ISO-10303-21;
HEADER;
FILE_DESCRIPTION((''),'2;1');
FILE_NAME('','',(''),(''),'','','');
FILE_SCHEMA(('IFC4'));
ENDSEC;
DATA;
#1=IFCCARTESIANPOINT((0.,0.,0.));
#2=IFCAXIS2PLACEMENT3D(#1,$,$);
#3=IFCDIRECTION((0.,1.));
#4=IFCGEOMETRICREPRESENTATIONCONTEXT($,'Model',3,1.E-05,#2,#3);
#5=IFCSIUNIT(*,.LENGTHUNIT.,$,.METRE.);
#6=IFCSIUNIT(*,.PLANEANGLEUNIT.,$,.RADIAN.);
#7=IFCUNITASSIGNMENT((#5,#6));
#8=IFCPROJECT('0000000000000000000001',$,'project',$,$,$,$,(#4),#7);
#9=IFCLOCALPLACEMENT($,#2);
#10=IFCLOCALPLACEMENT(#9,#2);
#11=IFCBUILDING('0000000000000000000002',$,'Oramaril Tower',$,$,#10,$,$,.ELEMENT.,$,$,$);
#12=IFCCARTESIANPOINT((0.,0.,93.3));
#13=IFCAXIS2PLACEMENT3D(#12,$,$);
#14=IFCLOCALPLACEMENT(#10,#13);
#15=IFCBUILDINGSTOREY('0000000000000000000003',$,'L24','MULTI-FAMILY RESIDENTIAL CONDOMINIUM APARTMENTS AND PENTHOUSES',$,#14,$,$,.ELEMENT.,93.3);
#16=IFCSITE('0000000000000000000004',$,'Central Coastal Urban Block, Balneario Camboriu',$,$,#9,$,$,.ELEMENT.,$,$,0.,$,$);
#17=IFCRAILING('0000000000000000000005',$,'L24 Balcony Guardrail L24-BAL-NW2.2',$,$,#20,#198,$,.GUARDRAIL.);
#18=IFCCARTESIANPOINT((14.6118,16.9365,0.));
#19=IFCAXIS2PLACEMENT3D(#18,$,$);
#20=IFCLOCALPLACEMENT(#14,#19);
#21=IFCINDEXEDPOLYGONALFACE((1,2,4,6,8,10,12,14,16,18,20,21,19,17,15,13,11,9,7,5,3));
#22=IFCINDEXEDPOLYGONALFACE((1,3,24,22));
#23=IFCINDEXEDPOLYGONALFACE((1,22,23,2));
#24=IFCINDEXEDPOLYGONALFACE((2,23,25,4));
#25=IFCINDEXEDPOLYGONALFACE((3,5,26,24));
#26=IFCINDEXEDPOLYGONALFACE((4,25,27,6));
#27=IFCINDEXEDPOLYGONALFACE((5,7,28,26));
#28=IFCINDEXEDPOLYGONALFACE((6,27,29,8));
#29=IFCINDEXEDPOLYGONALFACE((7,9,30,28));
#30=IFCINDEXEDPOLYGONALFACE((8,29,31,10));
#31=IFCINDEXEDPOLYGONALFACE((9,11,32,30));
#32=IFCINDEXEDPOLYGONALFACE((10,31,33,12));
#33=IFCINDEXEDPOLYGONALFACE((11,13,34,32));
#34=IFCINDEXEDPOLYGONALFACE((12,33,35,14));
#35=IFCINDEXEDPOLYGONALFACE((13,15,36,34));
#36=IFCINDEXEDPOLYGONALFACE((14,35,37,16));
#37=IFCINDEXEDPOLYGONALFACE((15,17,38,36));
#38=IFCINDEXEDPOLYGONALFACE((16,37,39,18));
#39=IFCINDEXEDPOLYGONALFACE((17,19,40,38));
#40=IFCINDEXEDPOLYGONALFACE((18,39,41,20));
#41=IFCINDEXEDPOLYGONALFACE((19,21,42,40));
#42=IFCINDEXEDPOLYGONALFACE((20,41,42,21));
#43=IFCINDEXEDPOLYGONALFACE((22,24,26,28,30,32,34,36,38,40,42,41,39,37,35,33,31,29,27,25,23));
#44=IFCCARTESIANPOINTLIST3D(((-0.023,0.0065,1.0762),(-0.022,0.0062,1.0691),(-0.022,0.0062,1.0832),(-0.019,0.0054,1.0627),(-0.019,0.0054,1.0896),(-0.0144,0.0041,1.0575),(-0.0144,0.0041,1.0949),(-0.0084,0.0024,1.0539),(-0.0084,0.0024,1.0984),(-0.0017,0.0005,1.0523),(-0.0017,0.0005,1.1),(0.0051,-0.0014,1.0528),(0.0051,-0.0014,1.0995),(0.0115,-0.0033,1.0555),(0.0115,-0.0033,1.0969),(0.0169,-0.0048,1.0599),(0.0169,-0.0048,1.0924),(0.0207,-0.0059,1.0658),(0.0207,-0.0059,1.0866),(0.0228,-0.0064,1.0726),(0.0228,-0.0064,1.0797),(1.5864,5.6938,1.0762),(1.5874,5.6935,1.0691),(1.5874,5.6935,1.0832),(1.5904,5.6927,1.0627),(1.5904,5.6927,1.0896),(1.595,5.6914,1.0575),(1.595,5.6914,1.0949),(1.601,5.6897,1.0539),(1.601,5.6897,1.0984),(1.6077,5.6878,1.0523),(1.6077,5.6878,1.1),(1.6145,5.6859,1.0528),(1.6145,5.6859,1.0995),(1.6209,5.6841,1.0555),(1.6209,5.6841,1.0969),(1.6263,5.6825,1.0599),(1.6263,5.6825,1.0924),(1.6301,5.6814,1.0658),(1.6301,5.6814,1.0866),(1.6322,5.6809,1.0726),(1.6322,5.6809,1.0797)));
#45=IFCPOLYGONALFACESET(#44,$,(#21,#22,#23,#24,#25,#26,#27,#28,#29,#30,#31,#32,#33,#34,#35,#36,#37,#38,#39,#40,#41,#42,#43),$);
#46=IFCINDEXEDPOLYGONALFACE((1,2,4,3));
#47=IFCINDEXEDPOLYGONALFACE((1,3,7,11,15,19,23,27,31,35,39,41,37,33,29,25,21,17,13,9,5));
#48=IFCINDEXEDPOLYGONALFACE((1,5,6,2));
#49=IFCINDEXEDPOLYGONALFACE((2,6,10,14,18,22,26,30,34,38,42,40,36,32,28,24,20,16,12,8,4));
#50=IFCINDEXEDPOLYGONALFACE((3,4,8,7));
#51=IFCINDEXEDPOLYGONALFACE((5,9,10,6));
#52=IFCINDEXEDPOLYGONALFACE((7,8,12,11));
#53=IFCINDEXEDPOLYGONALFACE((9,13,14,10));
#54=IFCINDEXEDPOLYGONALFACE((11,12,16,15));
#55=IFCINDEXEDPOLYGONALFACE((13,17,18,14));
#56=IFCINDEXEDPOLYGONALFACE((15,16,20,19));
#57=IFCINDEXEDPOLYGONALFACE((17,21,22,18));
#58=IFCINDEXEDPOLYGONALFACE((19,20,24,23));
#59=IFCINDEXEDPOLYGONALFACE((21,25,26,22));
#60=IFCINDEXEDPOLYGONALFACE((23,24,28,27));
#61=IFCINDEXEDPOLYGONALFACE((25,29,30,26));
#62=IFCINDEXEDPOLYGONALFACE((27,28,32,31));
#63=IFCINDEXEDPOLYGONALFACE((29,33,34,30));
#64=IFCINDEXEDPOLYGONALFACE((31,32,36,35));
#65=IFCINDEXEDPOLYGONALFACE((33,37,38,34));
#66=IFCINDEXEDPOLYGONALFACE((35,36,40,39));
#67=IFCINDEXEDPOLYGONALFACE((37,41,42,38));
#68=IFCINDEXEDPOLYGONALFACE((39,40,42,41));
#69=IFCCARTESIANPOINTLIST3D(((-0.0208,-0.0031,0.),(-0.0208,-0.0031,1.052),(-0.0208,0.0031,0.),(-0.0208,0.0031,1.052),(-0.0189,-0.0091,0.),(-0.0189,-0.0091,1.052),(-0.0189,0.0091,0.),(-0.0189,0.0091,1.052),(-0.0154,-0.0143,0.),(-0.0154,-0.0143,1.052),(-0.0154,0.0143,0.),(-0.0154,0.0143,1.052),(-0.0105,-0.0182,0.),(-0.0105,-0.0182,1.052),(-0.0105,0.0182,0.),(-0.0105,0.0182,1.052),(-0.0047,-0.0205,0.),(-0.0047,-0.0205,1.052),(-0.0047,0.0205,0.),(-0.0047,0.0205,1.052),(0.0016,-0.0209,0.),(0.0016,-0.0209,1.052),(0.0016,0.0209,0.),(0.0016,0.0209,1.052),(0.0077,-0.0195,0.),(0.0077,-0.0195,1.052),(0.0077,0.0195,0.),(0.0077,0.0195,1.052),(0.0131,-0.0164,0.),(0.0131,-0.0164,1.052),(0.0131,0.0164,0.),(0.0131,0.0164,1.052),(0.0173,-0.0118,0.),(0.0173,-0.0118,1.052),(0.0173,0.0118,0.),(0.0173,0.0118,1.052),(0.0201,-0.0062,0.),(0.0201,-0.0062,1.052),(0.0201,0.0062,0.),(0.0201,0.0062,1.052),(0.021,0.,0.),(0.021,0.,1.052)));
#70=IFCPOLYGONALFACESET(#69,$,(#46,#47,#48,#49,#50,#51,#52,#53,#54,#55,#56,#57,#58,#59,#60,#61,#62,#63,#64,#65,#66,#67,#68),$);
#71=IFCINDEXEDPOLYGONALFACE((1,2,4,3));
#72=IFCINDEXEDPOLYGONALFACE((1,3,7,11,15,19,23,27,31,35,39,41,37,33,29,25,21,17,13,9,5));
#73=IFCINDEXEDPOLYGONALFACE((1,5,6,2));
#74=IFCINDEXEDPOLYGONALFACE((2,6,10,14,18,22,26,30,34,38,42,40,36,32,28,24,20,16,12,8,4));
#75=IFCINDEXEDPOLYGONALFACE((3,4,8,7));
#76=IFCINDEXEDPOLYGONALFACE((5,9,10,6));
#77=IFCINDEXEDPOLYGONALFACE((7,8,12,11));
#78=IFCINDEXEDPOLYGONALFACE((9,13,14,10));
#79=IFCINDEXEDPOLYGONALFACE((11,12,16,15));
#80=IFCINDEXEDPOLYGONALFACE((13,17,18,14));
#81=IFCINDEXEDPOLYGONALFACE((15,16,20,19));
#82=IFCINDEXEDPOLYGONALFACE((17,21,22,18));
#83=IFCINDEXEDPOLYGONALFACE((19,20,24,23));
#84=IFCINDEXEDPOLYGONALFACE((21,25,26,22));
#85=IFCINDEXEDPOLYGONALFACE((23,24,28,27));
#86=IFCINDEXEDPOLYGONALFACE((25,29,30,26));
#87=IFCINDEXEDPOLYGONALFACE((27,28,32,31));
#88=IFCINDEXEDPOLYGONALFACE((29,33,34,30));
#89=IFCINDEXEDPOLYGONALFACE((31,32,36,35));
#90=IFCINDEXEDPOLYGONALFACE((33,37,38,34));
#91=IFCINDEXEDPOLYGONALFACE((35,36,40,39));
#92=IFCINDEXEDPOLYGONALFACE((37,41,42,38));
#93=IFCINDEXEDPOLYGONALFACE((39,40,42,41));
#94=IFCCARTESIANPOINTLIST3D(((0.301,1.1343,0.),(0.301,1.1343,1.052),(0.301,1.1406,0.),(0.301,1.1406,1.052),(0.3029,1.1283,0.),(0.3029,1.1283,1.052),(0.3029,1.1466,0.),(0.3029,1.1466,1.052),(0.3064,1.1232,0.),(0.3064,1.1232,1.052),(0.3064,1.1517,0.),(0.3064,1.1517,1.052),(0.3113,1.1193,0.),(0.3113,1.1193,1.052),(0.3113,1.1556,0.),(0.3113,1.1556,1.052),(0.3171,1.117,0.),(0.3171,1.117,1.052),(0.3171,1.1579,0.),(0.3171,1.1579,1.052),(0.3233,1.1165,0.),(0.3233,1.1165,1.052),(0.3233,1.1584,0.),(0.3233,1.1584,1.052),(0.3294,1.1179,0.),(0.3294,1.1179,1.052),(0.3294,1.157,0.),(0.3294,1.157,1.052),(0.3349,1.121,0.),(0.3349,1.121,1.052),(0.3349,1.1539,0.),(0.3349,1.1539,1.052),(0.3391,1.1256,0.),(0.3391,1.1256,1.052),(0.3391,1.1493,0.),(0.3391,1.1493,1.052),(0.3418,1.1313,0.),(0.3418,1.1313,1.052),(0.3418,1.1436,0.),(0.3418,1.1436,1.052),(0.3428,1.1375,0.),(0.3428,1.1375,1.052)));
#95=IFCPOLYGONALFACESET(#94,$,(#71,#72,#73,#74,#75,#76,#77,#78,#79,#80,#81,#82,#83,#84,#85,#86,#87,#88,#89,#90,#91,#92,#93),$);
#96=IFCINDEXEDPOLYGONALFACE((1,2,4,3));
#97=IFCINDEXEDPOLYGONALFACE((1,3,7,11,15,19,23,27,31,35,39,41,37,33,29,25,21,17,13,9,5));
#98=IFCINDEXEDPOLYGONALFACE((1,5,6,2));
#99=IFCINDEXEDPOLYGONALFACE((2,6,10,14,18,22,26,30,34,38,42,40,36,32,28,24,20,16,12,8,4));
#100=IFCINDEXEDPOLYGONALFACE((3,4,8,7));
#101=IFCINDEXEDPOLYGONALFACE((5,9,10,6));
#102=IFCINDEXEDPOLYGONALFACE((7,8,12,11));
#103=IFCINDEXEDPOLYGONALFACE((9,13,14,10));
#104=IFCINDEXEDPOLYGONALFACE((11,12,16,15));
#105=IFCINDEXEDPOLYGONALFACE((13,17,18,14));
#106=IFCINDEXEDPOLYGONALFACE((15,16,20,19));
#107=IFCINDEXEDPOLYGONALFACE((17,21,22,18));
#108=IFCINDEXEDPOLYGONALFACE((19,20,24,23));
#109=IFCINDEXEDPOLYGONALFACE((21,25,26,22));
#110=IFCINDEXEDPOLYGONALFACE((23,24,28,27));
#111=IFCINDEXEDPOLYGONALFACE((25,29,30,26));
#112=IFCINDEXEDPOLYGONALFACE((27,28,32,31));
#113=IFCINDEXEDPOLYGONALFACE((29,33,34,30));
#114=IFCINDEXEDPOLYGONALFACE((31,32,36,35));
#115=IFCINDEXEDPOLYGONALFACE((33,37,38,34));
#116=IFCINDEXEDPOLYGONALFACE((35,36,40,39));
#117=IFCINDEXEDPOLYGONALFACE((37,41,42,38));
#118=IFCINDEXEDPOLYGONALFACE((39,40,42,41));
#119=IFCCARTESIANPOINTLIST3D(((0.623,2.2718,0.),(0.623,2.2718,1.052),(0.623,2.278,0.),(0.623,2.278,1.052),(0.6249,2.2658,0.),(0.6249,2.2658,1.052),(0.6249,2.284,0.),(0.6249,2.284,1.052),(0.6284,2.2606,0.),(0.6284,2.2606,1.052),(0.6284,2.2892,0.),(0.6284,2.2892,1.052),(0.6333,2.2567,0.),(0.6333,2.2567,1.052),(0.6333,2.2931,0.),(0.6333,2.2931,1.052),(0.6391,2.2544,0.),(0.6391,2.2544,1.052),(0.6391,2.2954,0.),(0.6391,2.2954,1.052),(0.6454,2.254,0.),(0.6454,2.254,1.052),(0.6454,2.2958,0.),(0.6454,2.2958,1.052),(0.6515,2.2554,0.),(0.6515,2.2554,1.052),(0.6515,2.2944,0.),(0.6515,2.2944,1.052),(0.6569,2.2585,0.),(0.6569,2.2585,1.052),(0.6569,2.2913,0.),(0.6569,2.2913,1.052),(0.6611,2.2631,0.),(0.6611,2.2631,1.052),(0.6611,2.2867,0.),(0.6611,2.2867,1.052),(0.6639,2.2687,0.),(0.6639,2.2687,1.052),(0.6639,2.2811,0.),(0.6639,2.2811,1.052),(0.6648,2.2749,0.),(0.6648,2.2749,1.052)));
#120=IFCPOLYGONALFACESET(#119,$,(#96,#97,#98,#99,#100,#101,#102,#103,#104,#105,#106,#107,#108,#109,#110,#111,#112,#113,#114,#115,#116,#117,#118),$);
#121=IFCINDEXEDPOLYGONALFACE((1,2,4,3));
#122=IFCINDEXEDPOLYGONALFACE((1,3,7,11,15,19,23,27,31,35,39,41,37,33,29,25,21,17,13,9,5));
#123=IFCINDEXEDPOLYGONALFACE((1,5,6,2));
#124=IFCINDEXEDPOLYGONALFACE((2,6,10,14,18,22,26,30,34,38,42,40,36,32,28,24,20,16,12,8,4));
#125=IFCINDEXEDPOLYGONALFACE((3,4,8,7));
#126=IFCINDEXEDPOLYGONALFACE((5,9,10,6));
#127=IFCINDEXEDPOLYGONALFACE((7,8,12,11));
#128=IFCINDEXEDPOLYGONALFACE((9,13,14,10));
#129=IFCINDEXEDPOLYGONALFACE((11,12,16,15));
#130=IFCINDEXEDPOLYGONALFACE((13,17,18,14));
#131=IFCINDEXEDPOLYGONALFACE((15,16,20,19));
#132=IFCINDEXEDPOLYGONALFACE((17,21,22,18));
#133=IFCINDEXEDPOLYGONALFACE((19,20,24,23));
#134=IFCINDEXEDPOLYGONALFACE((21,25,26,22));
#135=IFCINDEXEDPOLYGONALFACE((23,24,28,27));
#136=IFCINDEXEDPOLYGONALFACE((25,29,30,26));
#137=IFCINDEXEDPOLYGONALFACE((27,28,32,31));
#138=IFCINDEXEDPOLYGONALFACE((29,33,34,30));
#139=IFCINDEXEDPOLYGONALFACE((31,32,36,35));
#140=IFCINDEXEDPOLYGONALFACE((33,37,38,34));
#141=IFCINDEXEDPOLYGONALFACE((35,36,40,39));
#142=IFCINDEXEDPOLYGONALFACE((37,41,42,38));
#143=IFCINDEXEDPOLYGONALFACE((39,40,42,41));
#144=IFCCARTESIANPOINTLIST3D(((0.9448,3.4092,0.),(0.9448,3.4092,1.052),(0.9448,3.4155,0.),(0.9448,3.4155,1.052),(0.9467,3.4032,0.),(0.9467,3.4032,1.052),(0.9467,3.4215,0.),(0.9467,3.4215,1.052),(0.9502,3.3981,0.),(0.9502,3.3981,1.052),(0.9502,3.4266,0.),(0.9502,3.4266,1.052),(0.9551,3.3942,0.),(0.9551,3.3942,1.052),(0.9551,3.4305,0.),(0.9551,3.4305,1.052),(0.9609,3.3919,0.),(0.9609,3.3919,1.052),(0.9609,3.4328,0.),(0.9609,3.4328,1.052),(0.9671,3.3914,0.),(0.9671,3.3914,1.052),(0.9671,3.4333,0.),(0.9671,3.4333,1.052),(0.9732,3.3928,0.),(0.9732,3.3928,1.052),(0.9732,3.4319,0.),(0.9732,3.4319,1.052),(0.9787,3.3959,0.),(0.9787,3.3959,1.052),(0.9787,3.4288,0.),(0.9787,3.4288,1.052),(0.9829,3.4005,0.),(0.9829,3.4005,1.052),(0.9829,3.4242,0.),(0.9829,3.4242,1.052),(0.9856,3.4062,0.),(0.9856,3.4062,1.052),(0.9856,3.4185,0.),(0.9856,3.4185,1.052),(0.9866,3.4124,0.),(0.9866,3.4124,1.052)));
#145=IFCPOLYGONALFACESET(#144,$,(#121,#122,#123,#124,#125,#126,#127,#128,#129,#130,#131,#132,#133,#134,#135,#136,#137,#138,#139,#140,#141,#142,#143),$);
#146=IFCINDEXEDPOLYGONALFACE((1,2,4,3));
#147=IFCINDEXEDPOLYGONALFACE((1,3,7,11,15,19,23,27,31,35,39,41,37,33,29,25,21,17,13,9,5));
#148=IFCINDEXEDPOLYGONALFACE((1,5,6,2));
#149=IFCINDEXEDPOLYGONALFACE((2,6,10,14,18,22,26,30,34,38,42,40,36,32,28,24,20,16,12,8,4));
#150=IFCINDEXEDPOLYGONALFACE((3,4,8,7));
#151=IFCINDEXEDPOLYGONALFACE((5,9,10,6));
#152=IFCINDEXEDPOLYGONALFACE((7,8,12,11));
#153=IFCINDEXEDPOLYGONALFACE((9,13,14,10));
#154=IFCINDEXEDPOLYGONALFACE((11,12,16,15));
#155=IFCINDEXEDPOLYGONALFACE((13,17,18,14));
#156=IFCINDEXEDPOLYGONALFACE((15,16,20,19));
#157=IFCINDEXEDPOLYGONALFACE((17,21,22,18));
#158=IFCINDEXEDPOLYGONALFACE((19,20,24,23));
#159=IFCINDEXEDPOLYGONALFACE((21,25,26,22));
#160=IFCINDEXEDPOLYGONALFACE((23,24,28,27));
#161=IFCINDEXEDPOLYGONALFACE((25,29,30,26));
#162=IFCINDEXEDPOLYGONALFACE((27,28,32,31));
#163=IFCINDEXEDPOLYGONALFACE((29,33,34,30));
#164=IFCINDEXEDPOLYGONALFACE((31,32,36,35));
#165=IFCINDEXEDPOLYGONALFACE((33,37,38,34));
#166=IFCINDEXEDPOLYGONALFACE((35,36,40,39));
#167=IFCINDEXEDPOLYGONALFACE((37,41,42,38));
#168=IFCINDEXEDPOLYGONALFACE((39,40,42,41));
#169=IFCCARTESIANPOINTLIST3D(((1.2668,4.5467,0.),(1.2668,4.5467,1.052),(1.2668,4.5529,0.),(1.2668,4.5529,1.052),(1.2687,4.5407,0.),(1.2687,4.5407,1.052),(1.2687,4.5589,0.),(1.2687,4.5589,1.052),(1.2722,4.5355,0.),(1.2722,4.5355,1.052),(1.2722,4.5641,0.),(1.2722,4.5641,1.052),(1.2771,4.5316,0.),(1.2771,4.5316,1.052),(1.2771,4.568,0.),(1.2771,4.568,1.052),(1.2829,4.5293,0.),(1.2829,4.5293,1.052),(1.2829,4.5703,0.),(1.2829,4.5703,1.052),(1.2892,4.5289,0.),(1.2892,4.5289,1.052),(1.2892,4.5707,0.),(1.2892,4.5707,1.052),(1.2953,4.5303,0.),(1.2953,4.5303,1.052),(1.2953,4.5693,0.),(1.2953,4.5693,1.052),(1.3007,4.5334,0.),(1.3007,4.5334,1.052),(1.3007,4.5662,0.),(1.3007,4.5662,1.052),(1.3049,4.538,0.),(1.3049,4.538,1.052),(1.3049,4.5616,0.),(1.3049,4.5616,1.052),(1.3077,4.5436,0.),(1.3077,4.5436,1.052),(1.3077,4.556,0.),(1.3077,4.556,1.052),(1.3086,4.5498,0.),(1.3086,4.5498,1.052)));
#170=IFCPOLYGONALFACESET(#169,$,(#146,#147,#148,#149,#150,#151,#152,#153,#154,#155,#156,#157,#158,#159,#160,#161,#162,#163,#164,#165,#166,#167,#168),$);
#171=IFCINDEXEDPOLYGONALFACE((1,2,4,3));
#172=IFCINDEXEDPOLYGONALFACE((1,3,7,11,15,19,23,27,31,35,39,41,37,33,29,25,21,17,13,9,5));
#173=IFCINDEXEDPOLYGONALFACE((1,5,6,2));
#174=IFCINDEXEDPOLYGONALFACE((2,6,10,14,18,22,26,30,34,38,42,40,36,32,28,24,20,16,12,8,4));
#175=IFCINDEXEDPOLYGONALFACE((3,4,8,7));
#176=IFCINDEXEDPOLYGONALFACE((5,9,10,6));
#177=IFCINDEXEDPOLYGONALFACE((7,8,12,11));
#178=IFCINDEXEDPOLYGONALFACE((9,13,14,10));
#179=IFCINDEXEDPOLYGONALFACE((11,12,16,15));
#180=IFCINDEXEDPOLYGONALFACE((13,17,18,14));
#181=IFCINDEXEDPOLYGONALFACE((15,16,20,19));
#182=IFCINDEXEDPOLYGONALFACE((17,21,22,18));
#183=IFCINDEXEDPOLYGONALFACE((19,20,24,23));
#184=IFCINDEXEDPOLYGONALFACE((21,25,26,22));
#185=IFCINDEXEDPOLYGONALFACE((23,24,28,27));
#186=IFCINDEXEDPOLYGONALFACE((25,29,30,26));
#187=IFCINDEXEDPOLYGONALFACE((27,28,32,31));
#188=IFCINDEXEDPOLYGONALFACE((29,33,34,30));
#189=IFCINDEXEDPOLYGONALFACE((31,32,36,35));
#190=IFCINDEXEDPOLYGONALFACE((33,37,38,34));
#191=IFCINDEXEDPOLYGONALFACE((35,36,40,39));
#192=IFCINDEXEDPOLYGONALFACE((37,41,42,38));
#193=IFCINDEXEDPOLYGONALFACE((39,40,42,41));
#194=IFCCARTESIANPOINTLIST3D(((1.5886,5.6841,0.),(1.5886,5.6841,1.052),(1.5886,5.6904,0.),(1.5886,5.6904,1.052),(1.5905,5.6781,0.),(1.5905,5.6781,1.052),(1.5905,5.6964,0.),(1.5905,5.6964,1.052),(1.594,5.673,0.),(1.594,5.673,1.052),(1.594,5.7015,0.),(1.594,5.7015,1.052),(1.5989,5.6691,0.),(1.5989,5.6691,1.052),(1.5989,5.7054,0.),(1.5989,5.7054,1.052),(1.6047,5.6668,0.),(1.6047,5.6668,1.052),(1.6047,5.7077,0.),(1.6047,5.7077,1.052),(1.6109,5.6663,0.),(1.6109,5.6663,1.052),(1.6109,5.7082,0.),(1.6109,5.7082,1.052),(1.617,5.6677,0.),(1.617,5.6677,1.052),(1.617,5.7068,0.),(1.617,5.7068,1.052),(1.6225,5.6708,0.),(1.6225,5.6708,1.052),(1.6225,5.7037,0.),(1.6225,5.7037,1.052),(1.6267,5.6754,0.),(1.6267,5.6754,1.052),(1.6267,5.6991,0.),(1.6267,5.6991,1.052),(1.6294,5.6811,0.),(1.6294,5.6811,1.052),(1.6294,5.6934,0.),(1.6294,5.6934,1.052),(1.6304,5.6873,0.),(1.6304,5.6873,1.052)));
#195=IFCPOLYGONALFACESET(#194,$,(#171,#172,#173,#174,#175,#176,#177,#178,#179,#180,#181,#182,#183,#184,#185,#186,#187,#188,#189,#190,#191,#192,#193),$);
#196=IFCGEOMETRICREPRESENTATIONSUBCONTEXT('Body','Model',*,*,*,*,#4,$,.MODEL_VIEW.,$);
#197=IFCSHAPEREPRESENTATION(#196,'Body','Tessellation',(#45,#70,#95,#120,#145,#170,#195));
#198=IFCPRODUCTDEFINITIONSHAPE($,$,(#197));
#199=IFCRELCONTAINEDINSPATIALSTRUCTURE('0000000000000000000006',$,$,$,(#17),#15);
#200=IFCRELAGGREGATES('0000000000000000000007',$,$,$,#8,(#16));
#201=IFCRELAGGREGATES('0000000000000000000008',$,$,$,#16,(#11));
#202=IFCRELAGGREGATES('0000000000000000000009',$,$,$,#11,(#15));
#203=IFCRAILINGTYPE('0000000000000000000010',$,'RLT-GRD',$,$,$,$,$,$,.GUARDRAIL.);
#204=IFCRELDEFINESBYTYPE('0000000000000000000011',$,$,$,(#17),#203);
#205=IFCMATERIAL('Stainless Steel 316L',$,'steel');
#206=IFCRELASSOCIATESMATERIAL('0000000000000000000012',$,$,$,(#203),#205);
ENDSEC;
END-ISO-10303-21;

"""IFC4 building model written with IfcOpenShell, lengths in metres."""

from ifc_helpers import new_model, si_unit, direction, frame, origin, origin_2d, place, context, subcontext, project, spatial, circle, extrude, material, type_object, element, save


model = new_model("IFC4")

# Units and contexts
model_context = context("Model", 3, precision=1e-05, world=origin(), true_north=direction((0.0, 1.0)))
body_context = subcontext(model_context, "Body", "Model", "MODEL_VIEW")
ifc_project = project(units=[si_unit("LENGTHUNIT", "METRE"), si_unit("PLANEANGLEUNIT", "RADIAN")], contexts=[model_context])

# Site, building, storey
site_placement = place(None, origin())
site = spatial("IfcSite", under=ifc_project, at=site_placement, Name="Central Coastal Urban Block, Balneario Camboriu", CompositionType="ELEMENT", RefElevation=0.0)
building_placement = place(site_placement, origin())
building = spatial("IfcBuilding", under=site, at=building_placement, Name="Oramaril Tower", CompositionType="ELEMENT")
storey_placement = place(building_placement, frame((0.0, 0.0, 93.3)))
storey = spatial("IfcBuildingStorey", under=building, at=storey_placement, Name="L24", Description="MULTI-FAMILY RESIDENTIAL CONDOMINIUM APARTMENTS AND PENTHOUSES", CompositionType="ELEMENT", Elevation=93.3)

# Railing
ifc_material_1 = material(Name="Stainless Steel 316L", Category="steel")
railing_type = type_object("IfcRailingType", Name="RLT-GRD", PredefinedType="GUARDRAIL", material=ifc_material_1)
railing_1_placement = place(storey_placement, frame((14.6118, 16.9365, 0.0)))
element("IfcRailing", 1, at=railing_1_placement, inside=storey, type_object=railing_type, Name="L24 Balcony Guardrail L24-BAL-NW2.2", PredefinedType="GUARDRAIL", context=body_context, shape_type="SweptSolid", body=[
    extrude(circle(Radius=0.0239, at=origin_2d()), frame((0.0, 0.0, 1.0762), z_axis=(0.272287, 0.962216, 0.0), x_axis=(-0.962216, 0.272287, 0.0)), (0.0, 0.0, 1.0), 5.9106),
    extrude(circle(Radius=0.021, at=origin_2d()), origin(), (0.0, 0.0, 1.0), 1.052),
    extrude(circle(Radius=0.021, at=origin_2d()), frame((0.3218, 1.1375, 0.0)), (0.0, 0.0, 1.0), 1.052),
    extrude(circle(Radius=0.021, at=origin_2d()), frame((0.6438, 2.2749, 0.0)), (0.0, 0.0, 1.0), 1.052),
    extrude(circle(Radius=0.021, at=origin_2d()), frame((0.9656, 3.4124, 0.0)), (0.0, 0.0, 1.0), 1.052),
    extrude(circle(Radius=0.021, at=origin_2d()), frame((1.2876, 4.5498, 0.0)), (0.0, 0.0, 1.0), 1.052),
    extrude(circle(Radius=0.021, at=origin_2d()), frame((1.6094, 5.6873, 0.0)), (0.0, 0.0, 1.0), 1.052),
])

save(model, "model.ifc")
